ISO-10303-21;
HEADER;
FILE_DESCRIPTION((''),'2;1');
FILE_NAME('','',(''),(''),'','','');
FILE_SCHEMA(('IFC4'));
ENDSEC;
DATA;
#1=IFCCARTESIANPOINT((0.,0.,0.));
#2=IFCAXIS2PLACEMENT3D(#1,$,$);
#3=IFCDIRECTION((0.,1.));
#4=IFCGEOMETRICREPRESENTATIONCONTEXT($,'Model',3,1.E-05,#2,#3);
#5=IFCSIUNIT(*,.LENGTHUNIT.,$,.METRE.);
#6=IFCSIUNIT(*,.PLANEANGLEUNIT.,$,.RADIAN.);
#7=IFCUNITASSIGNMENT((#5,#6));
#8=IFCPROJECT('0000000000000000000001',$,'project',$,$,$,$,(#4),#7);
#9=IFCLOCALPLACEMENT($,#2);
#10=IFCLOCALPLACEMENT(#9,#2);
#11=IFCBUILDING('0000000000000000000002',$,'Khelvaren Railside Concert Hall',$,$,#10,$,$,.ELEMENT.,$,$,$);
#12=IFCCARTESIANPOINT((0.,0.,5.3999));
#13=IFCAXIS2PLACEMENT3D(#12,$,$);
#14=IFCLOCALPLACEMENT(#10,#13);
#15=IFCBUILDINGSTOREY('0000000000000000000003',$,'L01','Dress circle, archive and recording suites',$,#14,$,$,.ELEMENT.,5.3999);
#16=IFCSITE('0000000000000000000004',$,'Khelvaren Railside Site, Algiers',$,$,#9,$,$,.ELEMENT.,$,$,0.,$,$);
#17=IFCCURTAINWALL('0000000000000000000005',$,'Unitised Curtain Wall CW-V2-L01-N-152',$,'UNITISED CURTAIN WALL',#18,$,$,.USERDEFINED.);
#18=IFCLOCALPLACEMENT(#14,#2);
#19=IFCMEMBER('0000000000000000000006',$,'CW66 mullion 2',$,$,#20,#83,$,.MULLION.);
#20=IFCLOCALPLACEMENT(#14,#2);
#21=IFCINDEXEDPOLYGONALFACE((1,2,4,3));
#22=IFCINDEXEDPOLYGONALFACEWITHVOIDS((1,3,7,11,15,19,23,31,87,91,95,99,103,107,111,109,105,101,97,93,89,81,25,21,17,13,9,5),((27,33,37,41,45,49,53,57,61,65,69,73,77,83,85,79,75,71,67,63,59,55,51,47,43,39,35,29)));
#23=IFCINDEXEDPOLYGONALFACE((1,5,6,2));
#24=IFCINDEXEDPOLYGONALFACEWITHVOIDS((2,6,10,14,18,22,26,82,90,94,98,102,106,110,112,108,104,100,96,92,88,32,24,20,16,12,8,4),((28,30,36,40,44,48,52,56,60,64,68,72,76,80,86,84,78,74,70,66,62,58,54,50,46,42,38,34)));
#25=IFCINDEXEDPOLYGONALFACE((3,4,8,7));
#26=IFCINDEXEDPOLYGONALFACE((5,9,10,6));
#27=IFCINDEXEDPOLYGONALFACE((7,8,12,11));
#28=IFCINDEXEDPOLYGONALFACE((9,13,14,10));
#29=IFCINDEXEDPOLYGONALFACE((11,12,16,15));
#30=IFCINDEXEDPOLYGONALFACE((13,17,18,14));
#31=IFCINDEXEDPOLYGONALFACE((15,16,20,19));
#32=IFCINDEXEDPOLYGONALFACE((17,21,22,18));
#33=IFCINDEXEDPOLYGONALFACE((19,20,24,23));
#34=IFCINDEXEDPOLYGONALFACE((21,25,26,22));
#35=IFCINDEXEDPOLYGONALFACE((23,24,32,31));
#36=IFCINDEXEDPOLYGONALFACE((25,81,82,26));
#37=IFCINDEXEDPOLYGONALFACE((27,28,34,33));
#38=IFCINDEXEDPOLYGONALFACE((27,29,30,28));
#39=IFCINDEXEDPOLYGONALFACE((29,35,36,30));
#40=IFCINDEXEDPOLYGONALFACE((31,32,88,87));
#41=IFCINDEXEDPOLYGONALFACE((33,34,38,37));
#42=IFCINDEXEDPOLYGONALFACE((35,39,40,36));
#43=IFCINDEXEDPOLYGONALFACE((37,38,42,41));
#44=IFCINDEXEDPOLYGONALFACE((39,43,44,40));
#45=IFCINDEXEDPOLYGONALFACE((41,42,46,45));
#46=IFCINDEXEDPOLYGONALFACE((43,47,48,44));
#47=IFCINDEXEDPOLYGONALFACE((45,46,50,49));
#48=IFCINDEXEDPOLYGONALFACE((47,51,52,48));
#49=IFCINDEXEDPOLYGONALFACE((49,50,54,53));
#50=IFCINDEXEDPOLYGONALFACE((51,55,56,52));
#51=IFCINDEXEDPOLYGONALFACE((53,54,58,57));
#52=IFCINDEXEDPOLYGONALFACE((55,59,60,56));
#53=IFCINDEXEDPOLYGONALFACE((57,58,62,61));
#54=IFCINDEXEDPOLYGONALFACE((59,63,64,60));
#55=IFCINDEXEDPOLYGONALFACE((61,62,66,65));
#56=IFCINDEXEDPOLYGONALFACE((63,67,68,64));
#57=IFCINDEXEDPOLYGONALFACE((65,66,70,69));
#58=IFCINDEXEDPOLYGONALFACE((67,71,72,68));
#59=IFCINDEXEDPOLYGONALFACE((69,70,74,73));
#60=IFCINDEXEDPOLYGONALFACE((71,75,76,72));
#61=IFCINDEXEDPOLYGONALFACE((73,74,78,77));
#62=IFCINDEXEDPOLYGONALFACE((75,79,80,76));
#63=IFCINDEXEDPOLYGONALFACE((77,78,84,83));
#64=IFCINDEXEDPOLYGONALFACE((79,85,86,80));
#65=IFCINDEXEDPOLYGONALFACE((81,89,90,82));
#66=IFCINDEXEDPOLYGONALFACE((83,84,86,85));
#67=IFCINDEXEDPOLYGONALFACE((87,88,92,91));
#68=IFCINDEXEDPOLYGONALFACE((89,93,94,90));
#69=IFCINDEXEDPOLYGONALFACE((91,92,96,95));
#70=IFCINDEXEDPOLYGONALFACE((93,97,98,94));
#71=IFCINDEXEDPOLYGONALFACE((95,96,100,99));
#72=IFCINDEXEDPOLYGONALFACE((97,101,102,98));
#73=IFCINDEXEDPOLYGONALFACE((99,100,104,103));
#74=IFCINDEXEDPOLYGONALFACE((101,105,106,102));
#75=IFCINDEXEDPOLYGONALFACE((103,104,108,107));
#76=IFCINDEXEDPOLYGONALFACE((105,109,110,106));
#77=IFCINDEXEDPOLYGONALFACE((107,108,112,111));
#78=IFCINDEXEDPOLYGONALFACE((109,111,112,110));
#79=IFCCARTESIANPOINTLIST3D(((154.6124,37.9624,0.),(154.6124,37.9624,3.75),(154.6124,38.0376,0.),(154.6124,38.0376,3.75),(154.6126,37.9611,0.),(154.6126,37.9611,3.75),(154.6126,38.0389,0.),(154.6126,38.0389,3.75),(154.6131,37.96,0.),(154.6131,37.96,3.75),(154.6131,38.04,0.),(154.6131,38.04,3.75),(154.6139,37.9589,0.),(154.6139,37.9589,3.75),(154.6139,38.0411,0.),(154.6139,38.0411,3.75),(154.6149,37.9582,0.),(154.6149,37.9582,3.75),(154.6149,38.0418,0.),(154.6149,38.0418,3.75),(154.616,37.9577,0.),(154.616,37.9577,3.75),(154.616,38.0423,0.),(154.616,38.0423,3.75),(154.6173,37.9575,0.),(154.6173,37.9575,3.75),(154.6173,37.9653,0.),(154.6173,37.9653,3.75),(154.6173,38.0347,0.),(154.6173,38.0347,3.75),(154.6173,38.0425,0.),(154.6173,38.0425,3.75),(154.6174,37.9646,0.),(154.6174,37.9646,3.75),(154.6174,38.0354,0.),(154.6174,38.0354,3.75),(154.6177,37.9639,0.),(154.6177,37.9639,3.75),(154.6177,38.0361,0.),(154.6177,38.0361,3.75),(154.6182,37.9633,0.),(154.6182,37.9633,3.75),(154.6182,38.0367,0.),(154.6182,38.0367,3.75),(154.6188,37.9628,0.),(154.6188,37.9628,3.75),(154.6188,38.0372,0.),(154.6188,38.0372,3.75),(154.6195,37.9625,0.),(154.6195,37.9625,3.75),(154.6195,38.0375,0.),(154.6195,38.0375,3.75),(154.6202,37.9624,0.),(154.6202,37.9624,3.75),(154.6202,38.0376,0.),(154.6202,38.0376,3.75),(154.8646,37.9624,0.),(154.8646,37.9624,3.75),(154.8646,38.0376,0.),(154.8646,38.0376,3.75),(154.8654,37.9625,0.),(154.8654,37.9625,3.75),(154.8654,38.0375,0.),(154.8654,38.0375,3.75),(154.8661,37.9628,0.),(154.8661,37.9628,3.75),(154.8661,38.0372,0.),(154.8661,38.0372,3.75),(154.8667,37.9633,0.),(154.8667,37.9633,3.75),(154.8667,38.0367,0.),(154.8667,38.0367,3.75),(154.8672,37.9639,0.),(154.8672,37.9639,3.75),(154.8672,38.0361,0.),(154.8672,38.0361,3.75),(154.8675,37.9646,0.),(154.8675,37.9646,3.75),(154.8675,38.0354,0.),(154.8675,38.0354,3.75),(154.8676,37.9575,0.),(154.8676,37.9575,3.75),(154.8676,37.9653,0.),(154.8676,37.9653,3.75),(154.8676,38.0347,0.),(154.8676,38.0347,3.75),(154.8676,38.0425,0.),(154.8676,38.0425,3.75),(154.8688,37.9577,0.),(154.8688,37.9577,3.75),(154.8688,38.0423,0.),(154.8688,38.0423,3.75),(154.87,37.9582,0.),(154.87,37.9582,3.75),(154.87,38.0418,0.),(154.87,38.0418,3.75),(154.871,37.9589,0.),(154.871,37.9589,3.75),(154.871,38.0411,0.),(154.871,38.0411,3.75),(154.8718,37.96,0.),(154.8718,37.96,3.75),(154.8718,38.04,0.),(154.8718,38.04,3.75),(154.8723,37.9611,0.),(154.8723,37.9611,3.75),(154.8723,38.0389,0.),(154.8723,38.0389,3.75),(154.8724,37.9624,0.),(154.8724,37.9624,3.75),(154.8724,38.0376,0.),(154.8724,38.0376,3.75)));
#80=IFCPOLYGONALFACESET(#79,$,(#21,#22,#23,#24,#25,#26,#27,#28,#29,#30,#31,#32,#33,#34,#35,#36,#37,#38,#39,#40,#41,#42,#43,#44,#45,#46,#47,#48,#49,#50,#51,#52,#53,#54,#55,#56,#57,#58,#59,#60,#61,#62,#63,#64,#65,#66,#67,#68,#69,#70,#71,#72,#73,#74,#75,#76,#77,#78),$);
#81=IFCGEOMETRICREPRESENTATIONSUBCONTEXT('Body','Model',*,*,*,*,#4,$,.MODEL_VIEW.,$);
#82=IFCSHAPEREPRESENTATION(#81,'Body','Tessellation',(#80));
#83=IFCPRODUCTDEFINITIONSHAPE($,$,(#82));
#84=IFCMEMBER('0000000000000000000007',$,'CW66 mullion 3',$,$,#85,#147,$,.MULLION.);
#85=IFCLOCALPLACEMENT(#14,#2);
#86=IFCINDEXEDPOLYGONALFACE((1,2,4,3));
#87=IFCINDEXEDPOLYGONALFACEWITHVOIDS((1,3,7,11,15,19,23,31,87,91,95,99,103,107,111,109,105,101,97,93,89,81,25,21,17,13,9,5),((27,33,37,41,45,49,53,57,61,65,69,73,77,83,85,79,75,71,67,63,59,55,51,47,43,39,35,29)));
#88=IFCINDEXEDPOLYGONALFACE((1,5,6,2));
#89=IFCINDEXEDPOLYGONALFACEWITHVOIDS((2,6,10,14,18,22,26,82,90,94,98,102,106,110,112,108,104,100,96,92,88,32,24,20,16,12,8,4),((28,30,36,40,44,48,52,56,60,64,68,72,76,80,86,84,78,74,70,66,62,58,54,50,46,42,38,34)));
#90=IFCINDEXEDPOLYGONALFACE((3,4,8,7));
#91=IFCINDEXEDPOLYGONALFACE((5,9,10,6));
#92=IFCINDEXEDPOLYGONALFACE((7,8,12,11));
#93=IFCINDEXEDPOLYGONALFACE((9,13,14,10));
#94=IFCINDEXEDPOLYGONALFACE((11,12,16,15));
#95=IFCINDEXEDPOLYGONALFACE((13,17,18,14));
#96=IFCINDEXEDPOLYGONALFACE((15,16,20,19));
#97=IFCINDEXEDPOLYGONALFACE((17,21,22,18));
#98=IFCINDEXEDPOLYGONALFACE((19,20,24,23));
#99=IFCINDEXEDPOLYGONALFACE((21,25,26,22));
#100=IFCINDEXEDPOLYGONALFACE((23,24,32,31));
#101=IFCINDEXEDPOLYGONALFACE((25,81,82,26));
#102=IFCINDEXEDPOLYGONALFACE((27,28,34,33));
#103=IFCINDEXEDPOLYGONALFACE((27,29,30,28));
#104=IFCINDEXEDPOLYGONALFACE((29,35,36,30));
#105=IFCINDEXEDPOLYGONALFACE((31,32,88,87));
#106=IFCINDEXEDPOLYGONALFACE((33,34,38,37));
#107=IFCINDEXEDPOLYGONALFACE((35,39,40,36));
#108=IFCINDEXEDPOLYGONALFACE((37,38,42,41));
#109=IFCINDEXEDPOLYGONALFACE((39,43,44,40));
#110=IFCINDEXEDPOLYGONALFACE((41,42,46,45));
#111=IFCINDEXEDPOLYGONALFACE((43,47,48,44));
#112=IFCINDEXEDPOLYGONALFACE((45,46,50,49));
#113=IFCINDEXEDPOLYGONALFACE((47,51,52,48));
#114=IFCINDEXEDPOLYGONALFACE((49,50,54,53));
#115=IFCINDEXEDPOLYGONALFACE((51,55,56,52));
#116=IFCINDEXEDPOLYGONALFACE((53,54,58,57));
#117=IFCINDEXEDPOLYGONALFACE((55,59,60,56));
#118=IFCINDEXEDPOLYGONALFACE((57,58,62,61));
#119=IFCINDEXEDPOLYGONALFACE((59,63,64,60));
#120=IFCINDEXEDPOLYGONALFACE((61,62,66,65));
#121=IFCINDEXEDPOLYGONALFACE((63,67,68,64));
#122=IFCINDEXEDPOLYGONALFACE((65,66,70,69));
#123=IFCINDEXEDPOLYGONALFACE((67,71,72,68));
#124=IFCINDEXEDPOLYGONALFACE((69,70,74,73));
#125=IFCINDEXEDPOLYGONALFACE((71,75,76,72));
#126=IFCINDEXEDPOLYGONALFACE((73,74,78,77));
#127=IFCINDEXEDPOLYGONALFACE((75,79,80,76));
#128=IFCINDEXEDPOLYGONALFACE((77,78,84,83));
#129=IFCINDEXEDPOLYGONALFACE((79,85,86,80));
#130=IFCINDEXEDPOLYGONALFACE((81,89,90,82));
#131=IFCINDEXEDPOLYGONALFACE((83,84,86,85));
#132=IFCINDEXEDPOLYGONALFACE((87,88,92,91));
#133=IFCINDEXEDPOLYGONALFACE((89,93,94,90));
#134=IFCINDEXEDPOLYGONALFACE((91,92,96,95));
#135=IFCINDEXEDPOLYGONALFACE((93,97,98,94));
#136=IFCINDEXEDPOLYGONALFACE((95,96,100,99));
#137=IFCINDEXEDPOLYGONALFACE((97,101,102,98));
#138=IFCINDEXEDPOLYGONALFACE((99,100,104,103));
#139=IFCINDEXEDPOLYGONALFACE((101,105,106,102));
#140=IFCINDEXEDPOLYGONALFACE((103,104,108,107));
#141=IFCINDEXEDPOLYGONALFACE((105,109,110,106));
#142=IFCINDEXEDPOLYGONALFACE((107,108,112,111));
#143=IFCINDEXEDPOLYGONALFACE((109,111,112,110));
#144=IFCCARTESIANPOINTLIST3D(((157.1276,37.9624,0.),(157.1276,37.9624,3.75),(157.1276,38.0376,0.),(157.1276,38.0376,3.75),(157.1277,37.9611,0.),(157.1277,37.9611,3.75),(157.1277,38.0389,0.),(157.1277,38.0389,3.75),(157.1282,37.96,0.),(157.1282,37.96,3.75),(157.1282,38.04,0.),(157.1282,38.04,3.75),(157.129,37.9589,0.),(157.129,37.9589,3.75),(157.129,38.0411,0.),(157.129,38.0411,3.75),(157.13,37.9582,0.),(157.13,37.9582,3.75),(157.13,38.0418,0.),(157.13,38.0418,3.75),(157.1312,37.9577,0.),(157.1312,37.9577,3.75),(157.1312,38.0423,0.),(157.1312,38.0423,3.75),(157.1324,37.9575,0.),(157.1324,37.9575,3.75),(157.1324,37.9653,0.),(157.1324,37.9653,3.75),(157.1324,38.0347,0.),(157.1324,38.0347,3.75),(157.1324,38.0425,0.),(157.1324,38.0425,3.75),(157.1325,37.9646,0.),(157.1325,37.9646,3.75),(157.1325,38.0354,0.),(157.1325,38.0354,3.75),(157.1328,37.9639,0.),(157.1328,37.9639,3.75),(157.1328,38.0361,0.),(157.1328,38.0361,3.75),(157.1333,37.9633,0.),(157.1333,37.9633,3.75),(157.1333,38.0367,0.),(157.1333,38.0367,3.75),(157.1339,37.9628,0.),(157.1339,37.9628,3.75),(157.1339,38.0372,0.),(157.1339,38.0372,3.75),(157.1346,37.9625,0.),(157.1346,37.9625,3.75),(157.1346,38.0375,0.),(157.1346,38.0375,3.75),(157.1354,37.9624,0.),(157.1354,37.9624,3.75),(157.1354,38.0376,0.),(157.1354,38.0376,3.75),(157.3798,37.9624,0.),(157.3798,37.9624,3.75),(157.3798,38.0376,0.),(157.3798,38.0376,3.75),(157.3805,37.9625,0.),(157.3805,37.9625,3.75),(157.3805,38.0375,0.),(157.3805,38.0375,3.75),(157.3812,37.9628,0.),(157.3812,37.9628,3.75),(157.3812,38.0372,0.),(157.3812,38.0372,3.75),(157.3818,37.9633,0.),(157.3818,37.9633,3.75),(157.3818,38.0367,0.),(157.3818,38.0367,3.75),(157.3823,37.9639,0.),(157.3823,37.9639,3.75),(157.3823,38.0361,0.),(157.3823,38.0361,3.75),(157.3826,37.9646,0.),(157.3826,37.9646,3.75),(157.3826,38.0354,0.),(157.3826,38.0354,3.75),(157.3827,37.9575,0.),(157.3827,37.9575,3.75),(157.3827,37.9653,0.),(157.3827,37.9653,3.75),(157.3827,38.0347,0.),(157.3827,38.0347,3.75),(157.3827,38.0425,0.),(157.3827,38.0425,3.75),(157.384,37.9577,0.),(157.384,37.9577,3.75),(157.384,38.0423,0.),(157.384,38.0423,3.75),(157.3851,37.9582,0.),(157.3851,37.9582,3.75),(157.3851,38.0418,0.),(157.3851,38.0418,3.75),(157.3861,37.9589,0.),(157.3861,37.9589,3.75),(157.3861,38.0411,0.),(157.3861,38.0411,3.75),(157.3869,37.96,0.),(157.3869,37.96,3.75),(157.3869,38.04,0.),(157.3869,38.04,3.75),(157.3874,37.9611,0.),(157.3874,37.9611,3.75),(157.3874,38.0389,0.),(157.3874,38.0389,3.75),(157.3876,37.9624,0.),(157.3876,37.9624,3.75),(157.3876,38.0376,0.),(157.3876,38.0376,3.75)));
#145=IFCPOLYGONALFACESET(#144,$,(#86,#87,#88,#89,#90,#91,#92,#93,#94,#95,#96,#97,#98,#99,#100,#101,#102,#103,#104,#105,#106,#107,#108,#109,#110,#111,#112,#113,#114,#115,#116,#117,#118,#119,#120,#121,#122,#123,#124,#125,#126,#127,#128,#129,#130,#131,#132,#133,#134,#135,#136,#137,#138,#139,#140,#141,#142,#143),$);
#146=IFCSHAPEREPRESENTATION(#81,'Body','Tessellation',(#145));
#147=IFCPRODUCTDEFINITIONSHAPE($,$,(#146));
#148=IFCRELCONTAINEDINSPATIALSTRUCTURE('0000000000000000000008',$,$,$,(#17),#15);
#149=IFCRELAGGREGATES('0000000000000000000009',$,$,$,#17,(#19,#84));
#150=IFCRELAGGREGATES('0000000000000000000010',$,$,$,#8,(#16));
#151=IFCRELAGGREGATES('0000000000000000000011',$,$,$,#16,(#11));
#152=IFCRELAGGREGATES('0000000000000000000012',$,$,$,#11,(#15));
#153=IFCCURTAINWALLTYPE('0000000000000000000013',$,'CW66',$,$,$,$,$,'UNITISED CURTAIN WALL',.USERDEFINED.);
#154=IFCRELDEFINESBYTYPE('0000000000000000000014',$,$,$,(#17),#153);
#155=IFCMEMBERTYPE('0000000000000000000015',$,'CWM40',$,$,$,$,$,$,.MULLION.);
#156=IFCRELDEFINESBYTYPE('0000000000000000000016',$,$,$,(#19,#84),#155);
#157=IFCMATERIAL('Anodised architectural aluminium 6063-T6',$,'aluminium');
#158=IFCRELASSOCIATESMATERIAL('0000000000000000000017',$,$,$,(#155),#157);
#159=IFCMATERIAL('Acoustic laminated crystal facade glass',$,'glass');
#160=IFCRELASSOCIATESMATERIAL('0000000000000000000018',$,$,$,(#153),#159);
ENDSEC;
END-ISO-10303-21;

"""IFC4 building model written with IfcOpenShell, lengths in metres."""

from ifc_helpers import new_model, si_unit, direction, frame, origin, origin_2d, place, context, subcontext, project, spatial, hollow_rectangle, extrude, material, material_profile, profile_set, type_object, element, aggregate, save


model = new_model("IFC4")

# Units and contexts
model_context = context("Model", 3, precision=1e-05, world=origin(), true_north=direction((0.0, 1.0)))
body_context = subcontext(model_context, "Body", "Model", "MODEL_VIEW")
ifc_project = project(units=[si_unit("LENGTHUNIT", "METRE"), si_unit("PLANEANGLEUNIT", "RADIAN")], contexts=[model_context])

# Site, building, storey
site_placement = place(None, origin())
site = spatial("IfcSite", under=ifc_project, at=site_placement, Name="Khelvaren Railside Site, Algiers", CompositionType="ELEMENT", RefElevation=0.0)
building_placement = place(site_placement, origin())
building = spatial("IfcBuilding", under=site, at=building_placement, Name="Khelvaren Railside Concert Hall", CompositionType="ELEMENT")
storey_placement = place(building_placement, frame((0.0, 0.0, 5.3999)))
storey = spatial("IfcBuildingStorey", under=building, at=storey_placement, Name="L01", Description="Dress circle, archive and recording suites", CompositionType="ELEMENT", Elevation=5.3999)

# Shared definitions
ifc_material_1 = material(Name="Acoustic laminated crystal facade glass", Category="glass")
ifc_material_2 = material(Name="Anodised architectural aluminium 6063-T6", Category="aluminium")
ifc_material_profile_1 = material_profile(ifc_material_2, hollow_rectangle(XDim=0.085, YDim=0.26, WallThickness=0.0049, InnerFilletRadius=0.0029, OuterFilletRadius=0.0049, at=origin_2d()), Name="CWM 85x260x5")
ifc_profile_set_1 = profile_set([ifc_material_profile_1], Name="Anodised architectural aluminium 6063-T6")
member_type_1 = type_object("IfcMemberType", Name="CWM40", PredefinedType="MULLION", material=ifc_profile_set_1)

# Curtain wall, members
curtain_wall_type_1 = type_object("IfcCurtainWallType", Name="CW66", ElementType="UNITISED CURTAIN WALL", PredefinedType="USERDEFINED", material=ifc_material_1)
curtain_wall_1_placement = place(storey_placement, origin())
curtain_wall_1 = element("IfcCurtainWall", 1, at=curtain_wall_1_placement, inside=storey, type_object=curtain_wall_type_1, Name="Unitised Curtain Wall CW-V2-L01-N-152", ObjectType="UNITISED CURTAIN WALL", PredefinedType="USERDEFINED")
member_1_placement = place(storey_placement, frame((154.7424, 38.0, 0.0), z_axis=(0.0, 0.0, 1.0), x_axis=(0.0, 1.0, 0.0)))
member_1 = element("IfcMember", 2, at=member_1_placement, type_object=member_type_1, Name="CW66 mullion 2", PredefinedType="MULLION", context=body_context, shape_type="SweptSolid", body=[
    extrude(hollow_rectangle(XDim=0.085, YDim=0.26, WallThickness=0.0049, InnerFilletRadius=0.0029, OuterFilletRadius=0.0049, at=origin_2d()), origin(), (0.0, 0.0, 1.0), 3.75),
])
member_2_placement = place(storey_placement, frame((157.2576, 38.0, 0.0), z_axis=(0.0, 0.0, 1.0), x_axis=(0.0, 1.0, 0.0)))
member_2 = element("IfcMember", 3, at=member_2_placement, type_object=member_type_1, Name="CW66 mullion 3", PredefinedType="MULLION", context=body_context, shape_type="SweptSolid", body=[
    extrude(hollow_rectangle(XDim=0.085, YDim=0.26, WallThickness=0.0049, InnerFilletRadius=0.0029, OuterFilletRadius=0.0049, at=origin_2d()), origin(), (0.0, 0.0, 1.0), 3.75),
])

aggregate(curtain_wall_1, [member_1, member_2])

save(model, "model.ifc")
